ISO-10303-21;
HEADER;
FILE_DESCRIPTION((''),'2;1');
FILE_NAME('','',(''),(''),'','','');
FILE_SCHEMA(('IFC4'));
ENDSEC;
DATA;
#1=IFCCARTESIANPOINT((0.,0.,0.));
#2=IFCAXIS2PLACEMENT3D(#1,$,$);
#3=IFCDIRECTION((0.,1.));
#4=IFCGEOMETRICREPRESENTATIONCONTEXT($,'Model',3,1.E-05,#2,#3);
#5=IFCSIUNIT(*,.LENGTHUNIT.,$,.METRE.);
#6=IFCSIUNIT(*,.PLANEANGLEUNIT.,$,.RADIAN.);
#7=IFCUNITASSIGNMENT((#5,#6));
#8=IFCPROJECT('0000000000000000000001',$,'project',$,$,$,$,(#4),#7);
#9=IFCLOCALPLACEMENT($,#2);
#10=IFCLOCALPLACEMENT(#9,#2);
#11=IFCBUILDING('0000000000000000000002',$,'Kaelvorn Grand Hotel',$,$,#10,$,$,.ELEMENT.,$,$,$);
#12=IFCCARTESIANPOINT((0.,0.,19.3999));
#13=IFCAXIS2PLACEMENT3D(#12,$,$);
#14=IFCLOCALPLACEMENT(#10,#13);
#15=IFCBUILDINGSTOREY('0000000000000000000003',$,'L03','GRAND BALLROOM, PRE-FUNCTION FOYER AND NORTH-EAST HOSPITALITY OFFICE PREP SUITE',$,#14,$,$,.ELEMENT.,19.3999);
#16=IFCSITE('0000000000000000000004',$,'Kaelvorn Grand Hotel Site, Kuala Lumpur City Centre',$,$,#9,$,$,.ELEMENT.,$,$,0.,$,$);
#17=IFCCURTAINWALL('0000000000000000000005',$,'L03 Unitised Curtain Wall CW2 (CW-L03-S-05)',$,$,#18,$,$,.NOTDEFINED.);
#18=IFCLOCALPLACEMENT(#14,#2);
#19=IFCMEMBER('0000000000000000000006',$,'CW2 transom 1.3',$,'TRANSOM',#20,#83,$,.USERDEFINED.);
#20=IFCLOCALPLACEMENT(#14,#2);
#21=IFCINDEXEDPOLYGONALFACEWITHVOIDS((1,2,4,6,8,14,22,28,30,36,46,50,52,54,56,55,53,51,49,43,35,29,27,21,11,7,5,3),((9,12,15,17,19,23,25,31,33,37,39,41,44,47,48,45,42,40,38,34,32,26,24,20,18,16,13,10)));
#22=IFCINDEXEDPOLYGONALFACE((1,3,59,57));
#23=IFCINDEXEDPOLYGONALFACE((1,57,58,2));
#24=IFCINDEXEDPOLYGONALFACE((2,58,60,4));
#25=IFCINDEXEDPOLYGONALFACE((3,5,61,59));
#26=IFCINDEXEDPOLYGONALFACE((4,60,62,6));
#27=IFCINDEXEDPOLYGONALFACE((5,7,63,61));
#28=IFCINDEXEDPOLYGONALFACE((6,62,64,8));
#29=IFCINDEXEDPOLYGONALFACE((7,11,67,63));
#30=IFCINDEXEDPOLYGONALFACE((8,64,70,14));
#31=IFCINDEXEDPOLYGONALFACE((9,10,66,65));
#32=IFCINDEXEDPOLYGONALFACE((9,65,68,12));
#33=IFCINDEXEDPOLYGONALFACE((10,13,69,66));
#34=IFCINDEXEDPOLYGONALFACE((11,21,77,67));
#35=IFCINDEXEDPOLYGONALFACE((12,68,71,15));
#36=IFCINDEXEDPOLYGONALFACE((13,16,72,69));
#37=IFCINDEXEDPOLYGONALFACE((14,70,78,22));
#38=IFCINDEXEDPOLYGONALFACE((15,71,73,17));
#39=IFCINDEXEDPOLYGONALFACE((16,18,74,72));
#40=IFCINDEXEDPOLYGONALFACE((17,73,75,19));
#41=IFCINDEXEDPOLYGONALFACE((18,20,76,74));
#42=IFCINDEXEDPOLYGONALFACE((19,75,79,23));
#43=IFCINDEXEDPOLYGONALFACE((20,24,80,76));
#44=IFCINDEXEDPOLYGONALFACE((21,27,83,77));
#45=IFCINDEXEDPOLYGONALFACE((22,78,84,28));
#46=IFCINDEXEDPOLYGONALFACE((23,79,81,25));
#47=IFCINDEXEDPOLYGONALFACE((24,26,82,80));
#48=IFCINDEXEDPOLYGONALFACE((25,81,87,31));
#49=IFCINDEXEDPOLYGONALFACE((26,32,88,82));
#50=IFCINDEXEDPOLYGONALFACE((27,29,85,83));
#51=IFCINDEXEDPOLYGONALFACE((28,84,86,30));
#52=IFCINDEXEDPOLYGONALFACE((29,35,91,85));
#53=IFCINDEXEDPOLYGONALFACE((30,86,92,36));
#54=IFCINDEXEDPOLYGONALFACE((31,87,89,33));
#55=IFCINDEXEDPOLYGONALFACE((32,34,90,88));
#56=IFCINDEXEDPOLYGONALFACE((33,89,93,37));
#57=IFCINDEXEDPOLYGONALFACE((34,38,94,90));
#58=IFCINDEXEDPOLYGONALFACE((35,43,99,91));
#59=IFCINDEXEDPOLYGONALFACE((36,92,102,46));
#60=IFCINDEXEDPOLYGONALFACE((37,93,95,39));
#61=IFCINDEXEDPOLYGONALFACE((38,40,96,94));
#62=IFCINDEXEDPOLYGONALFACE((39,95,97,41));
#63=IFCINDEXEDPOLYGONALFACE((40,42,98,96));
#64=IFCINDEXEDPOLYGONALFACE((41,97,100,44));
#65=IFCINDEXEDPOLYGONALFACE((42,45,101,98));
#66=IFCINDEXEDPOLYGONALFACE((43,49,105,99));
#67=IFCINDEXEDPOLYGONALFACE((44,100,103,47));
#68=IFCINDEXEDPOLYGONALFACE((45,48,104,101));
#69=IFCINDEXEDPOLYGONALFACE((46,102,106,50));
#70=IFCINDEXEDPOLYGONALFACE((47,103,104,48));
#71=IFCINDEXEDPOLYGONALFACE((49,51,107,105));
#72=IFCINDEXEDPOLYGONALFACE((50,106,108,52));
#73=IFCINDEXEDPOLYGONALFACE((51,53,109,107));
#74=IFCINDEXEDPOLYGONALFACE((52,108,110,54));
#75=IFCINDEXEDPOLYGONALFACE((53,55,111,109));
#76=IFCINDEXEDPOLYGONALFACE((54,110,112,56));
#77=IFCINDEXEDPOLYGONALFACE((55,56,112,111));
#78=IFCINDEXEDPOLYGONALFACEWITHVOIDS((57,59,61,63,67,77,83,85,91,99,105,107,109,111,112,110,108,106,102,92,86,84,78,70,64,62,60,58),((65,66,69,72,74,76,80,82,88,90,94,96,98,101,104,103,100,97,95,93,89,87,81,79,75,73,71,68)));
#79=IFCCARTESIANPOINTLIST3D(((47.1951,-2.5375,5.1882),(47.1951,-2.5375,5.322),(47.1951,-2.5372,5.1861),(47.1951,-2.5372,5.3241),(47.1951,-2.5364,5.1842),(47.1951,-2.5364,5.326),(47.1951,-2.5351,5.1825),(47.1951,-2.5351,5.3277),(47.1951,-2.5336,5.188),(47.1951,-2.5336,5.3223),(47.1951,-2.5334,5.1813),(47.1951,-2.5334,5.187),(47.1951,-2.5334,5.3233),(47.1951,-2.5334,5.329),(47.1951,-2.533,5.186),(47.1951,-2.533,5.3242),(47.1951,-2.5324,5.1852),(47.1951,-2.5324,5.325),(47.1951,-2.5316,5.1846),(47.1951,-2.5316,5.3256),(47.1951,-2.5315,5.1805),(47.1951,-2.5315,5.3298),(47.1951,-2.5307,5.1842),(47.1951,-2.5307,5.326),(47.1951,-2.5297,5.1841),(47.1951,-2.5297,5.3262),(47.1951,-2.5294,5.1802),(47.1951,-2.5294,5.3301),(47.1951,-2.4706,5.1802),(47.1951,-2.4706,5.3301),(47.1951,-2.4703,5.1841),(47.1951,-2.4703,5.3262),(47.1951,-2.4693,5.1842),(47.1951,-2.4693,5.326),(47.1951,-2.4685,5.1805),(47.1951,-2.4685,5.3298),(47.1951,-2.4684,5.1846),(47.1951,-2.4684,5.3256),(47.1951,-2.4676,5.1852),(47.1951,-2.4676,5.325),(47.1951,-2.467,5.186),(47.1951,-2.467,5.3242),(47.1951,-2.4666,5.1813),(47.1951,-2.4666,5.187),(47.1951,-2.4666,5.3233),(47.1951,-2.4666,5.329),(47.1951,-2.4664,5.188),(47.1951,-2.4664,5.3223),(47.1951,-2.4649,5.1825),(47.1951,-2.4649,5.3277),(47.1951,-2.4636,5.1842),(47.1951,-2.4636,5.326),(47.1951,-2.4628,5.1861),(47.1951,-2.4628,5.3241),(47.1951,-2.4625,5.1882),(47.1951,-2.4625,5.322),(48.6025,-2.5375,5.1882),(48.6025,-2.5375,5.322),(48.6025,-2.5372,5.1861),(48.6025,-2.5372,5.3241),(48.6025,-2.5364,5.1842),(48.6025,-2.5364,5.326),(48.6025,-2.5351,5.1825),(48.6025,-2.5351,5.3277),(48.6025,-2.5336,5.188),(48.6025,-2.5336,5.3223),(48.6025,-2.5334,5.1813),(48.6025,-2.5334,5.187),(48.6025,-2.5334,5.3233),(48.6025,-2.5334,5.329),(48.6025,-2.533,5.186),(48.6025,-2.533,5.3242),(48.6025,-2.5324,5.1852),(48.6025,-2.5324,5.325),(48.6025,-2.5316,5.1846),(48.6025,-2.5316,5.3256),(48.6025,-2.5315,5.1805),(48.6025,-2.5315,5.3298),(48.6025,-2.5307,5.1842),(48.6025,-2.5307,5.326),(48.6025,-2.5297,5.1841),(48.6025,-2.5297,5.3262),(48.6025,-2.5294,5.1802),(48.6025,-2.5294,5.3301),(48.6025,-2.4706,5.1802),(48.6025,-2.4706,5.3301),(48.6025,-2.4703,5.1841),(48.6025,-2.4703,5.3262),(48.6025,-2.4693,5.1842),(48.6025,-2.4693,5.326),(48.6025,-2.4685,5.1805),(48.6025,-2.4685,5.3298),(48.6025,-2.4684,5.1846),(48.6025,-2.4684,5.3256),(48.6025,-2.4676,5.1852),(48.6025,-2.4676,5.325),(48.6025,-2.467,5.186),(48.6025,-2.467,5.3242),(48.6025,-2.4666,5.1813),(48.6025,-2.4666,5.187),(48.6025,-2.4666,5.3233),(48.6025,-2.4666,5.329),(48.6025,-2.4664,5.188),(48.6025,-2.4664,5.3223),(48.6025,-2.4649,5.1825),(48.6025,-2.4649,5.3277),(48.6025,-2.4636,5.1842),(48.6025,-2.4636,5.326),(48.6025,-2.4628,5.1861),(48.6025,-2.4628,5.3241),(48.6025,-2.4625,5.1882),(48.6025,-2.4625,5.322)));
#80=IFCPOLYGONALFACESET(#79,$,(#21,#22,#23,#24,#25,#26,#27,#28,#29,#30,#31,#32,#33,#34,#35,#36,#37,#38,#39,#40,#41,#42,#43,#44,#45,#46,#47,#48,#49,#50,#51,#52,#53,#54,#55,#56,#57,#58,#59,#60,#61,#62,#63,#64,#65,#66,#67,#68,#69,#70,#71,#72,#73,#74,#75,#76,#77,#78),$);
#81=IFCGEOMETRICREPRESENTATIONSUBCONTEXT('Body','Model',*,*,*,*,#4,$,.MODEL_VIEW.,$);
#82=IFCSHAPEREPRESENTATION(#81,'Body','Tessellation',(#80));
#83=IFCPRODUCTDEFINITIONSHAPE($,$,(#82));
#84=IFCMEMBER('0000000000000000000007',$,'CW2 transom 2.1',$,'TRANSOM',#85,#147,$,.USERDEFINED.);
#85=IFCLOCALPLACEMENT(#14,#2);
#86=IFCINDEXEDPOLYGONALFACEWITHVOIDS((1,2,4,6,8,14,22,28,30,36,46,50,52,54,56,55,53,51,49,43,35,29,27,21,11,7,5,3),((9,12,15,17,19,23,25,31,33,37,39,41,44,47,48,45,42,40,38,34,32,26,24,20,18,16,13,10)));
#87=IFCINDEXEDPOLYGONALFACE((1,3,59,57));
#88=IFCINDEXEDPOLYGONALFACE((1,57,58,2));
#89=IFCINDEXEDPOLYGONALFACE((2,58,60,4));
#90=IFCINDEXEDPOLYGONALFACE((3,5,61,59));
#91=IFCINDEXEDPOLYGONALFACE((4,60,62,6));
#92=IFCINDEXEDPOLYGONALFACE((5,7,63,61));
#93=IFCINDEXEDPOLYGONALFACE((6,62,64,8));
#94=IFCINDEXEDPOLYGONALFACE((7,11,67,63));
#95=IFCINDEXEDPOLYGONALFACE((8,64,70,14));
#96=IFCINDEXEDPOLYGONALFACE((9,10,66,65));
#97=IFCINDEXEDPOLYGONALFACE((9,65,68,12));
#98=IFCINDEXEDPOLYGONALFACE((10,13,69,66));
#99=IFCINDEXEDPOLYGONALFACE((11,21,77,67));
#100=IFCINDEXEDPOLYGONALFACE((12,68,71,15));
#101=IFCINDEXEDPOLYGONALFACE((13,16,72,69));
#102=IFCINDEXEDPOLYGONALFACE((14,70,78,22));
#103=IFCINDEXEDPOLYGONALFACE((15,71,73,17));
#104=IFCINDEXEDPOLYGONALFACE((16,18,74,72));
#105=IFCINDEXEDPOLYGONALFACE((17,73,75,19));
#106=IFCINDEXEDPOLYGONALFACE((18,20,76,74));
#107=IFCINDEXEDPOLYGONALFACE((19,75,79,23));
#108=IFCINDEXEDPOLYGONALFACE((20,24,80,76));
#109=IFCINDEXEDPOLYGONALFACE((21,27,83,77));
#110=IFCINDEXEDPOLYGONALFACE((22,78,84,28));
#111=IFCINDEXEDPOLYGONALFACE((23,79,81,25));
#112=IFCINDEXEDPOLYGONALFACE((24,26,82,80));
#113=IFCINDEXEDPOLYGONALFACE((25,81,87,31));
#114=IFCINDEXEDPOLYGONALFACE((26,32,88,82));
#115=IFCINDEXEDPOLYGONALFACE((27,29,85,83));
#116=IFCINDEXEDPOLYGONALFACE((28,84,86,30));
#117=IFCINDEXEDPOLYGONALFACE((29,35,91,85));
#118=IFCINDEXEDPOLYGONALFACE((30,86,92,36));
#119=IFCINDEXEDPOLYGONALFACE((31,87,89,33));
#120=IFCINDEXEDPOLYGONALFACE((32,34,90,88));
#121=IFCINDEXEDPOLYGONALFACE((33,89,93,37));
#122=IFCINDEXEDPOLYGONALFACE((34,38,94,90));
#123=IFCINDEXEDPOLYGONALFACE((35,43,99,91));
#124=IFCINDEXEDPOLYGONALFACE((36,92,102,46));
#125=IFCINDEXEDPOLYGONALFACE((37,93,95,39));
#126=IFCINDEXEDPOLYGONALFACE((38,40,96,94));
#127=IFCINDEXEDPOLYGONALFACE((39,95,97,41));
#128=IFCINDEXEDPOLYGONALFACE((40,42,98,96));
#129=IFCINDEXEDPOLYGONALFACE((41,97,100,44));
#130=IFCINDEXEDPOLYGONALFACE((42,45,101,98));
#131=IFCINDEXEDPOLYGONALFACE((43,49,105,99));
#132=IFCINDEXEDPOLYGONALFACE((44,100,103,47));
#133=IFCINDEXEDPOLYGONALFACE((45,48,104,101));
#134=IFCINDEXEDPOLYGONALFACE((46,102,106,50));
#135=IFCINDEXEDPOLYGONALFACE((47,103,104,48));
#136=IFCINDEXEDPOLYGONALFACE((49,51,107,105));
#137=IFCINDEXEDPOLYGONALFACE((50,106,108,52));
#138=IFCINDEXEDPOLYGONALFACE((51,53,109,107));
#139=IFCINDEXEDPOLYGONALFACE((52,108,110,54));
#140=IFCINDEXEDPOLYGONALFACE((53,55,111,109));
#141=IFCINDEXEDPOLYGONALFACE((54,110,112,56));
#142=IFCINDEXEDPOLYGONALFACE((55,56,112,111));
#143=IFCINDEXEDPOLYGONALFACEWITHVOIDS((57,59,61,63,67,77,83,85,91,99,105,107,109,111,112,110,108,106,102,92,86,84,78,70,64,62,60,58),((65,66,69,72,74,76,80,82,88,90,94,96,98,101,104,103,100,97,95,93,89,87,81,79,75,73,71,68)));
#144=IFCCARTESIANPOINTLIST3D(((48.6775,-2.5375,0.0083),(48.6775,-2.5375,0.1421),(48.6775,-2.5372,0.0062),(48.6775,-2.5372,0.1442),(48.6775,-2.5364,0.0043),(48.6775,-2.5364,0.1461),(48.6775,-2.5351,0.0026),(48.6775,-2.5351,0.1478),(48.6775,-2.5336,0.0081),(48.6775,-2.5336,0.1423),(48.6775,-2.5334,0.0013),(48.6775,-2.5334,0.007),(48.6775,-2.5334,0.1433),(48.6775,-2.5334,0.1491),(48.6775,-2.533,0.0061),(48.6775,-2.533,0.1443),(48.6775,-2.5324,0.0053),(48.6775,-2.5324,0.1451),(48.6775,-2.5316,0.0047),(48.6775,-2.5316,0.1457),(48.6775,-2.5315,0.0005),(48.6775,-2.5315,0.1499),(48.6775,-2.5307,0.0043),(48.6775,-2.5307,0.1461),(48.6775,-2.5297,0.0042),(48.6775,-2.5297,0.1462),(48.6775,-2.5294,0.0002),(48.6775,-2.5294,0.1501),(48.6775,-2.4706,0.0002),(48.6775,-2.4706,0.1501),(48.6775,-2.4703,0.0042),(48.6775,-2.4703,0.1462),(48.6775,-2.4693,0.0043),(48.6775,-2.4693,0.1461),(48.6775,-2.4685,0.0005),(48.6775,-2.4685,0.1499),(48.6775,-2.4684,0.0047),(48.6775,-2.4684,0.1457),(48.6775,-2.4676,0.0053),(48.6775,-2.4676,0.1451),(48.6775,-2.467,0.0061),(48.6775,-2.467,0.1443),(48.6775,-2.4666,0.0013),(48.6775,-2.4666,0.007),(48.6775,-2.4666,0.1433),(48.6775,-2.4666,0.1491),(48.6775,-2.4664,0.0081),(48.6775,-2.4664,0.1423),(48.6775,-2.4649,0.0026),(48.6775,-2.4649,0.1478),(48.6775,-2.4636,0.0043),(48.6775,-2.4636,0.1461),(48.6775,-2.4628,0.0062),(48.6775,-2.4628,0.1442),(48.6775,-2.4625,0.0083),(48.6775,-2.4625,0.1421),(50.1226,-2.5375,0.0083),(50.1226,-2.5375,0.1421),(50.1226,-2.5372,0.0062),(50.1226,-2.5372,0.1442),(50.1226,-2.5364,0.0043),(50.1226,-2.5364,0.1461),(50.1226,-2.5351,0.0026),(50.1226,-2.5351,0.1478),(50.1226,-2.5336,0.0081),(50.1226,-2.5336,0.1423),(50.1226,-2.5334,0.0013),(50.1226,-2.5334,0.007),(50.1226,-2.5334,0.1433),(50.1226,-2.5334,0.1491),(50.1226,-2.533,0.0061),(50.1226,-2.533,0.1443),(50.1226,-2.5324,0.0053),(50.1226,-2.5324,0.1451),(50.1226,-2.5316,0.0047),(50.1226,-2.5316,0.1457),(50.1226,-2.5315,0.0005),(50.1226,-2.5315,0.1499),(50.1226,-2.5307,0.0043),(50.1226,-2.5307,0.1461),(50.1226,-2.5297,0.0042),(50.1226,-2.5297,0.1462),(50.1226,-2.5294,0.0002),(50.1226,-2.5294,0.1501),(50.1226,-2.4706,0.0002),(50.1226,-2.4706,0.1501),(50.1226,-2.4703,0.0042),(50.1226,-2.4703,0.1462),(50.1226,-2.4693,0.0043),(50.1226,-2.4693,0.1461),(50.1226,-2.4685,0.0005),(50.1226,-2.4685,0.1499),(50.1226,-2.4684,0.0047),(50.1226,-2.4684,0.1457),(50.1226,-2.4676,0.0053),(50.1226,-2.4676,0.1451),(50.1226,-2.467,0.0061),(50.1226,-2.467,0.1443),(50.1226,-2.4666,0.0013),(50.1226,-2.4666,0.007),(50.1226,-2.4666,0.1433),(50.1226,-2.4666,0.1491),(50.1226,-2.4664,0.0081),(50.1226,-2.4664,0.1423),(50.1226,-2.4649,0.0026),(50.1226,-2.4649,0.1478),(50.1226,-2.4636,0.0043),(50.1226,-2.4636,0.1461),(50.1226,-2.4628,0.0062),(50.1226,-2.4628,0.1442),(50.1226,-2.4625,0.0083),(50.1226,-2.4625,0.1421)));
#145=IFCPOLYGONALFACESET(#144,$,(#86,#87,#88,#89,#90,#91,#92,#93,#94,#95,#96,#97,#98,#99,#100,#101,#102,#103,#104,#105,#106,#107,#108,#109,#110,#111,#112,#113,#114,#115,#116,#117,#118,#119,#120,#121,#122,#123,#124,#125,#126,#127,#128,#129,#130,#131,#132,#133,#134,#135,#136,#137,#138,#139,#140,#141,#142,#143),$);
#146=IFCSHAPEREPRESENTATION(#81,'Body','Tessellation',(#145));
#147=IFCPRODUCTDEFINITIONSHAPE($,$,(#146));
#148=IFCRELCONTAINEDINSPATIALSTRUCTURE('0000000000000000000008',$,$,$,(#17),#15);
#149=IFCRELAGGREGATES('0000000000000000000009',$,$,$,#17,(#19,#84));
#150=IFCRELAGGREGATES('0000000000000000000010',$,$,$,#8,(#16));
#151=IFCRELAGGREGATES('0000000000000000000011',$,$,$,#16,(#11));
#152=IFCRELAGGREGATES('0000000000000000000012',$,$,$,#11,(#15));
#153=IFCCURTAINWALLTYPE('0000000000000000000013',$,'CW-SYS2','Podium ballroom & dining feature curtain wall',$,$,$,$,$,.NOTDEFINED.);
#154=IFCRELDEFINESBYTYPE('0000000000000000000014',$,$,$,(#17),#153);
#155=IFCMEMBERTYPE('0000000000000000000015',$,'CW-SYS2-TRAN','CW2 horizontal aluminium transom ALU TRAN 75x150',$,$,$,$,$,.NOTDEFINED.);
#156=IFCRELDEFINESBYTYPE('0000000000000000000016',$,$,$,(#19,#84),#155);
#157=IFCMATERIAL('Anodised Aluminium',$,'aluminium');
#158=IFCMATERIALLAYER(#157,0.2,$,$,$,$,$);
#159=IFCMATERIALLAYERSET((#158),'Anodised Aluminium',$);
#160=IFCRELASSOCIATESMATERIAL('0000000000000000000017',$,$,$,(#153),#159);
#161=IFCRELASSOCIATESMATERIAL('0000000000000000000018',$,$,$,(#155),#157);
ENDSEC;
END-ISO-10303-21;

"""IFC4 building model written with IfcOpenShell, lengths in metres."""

from ifc_helpers import new_model, si_unit, direction, frame, origin, origin_2d, place, context, subcontext, project, spatial, hollow_rectangle, extrude, material, layer, layer_set, material_profile, profile_set, type_object, element, aggregate, save


model = new_model("IFC4")

# Units and contexts
model_context = context("Model", 3, precision=1e-05, world=origin(), true_north=direction((0.0, 1.0)))
body_context = subcontext(model_context, "Body", "Model", "MODEL_VIEW")
ifc_project = project(units=[si_unit("LENGTHUNIT", "METRE"), si_unit("PLANEANGLEUNIT", "RADIAN")], contexts=[model_context])

# Site, building, storey
site_placement = place(None, origin())
site = spatial("IfcSite", under=ifc_project, at=site_placement, Name="Kaelvorn Grand Hotel Site, Kuala Lumpur City Centre", CompositionType="ELEMENT", RefElevation=0.0)
building_placement = place(site_placement, origin())
building = spatial("IfcBuilding", under=site, at=building_placement, Name="Kaelvorn Grand Hotel", CompositionType="ELEMENT")
storey_placement = place(building_placement, frame((0.0, 0.0, 19.3999)))
storey = spatial("IfcBuildingStorey", under=building, at=storey_placement, Name="L03", Description="GRAND BALLROOM, PRE-FUNCTION FOYER AND NORTH-EAST HOSPITALITY OFFICE PREP SUITE", CompositionType="ELEMENT", Elevation=19.3999)

# Curtain wall
ifc_material_1 = material(Name="Anodised Aluminium", Category="aluminium")
ifc_layer_1 = layer(ifc_material_1, 0.2)
ifc_layer_set_1 = layer_set([ifc_layer_1], Name="Anodised Aluminium")
curtain_wall_type = type_object("IfcCurtainWallType", Name="CW-SYS2", Description="Podium ballroom & dining feature curtain wall", PredefinedType="NOTDEFINED", material=ifc_layer_set_1)
curtain_wall_1_placement = place(storey_placement, origin())
curtain_wall_1 = element("IfcCurtainWall", 1, at=curtain_wall_1_placement, inside=storey, type_object=curtain_wall_type, Name="L03 Unitised Curtain Wall CW2 (CW-L03-S-05)", PredefinedType="NOTDEFINED")

# Members
ifc_material_profile_1 = material_profile(ifc_material_1, hollow_rectangle(XDim=0.075, YDim=0.1499, WallThickness=0.0039, InnerFilletRadius=0.0039, OuterFilletRadius=0.0081, at=origin_2d()), Name="ALU TRAN 75x150")
ifc_profile_set_1 = profile_set([ifc_material_profile_1], Name="Anodised Aluminium")
member_type_1 = type_object("IfcMemberType", Name="CW-SYS2-TRAN", Description="CW2 horizontal aluminium transom ALU TRAN 75x150", PredefinedType="NOTDEFINED", material=ifc_profile_set_1)
member_1_placement = place(storey_placement, frame((47.1951, -2.5, 5.2551), z_axis=(1.0, 0.0, 0.0), x_axis=(0.0, 1.0, 0.0)))
member_1 = element("IfcMember", 2, at=member_1_placement, type_object=member_type_1, Name="CW2 transom 1.3", ObjectType="TRANSOM", PredefinedType="USERDEFINED", context=body_context, shape_type="SweptSolid", body=[
    extrude(hollow_rectangle(XDim=0.075, YDim=0.1499, WallThickness=0.0039, InnerFilletRadius=0.0039, OuterFilletRadius=0.0081, at=origin_2d()), origin(), (0.0, 0.0, 1.0), 1.4075),
])
member_2_placement = place(storey_placement, frame((48.6775, -2.5, 0.0752), z_axis=(1.0, 0.0, 0.0), x_axis=(0.0, 1.0, 0.0)))
member_2 = element("IfcMember", 3, at=member_2_placement, type_object=member_type_1, Name="CW2 transom 2.1", ObjectType="TRANSOM", PredefinedType="USERDEFINED", context=body_context, shape_type="SweptSolid", body=[
    extrude(hollow_rectangle(XDim=0.075, YDim=0.1499, WallThickness=0.0039, InnerFilletRadius=0.0039, OuterFilletRadius=0.0081, at=origin_2d()), origin(), (0.0, 0.0, 1.0), 1.4451),
])

aggregate(curtain_wall_1, [member_1, member_2])

save(model, "model.ifc")
